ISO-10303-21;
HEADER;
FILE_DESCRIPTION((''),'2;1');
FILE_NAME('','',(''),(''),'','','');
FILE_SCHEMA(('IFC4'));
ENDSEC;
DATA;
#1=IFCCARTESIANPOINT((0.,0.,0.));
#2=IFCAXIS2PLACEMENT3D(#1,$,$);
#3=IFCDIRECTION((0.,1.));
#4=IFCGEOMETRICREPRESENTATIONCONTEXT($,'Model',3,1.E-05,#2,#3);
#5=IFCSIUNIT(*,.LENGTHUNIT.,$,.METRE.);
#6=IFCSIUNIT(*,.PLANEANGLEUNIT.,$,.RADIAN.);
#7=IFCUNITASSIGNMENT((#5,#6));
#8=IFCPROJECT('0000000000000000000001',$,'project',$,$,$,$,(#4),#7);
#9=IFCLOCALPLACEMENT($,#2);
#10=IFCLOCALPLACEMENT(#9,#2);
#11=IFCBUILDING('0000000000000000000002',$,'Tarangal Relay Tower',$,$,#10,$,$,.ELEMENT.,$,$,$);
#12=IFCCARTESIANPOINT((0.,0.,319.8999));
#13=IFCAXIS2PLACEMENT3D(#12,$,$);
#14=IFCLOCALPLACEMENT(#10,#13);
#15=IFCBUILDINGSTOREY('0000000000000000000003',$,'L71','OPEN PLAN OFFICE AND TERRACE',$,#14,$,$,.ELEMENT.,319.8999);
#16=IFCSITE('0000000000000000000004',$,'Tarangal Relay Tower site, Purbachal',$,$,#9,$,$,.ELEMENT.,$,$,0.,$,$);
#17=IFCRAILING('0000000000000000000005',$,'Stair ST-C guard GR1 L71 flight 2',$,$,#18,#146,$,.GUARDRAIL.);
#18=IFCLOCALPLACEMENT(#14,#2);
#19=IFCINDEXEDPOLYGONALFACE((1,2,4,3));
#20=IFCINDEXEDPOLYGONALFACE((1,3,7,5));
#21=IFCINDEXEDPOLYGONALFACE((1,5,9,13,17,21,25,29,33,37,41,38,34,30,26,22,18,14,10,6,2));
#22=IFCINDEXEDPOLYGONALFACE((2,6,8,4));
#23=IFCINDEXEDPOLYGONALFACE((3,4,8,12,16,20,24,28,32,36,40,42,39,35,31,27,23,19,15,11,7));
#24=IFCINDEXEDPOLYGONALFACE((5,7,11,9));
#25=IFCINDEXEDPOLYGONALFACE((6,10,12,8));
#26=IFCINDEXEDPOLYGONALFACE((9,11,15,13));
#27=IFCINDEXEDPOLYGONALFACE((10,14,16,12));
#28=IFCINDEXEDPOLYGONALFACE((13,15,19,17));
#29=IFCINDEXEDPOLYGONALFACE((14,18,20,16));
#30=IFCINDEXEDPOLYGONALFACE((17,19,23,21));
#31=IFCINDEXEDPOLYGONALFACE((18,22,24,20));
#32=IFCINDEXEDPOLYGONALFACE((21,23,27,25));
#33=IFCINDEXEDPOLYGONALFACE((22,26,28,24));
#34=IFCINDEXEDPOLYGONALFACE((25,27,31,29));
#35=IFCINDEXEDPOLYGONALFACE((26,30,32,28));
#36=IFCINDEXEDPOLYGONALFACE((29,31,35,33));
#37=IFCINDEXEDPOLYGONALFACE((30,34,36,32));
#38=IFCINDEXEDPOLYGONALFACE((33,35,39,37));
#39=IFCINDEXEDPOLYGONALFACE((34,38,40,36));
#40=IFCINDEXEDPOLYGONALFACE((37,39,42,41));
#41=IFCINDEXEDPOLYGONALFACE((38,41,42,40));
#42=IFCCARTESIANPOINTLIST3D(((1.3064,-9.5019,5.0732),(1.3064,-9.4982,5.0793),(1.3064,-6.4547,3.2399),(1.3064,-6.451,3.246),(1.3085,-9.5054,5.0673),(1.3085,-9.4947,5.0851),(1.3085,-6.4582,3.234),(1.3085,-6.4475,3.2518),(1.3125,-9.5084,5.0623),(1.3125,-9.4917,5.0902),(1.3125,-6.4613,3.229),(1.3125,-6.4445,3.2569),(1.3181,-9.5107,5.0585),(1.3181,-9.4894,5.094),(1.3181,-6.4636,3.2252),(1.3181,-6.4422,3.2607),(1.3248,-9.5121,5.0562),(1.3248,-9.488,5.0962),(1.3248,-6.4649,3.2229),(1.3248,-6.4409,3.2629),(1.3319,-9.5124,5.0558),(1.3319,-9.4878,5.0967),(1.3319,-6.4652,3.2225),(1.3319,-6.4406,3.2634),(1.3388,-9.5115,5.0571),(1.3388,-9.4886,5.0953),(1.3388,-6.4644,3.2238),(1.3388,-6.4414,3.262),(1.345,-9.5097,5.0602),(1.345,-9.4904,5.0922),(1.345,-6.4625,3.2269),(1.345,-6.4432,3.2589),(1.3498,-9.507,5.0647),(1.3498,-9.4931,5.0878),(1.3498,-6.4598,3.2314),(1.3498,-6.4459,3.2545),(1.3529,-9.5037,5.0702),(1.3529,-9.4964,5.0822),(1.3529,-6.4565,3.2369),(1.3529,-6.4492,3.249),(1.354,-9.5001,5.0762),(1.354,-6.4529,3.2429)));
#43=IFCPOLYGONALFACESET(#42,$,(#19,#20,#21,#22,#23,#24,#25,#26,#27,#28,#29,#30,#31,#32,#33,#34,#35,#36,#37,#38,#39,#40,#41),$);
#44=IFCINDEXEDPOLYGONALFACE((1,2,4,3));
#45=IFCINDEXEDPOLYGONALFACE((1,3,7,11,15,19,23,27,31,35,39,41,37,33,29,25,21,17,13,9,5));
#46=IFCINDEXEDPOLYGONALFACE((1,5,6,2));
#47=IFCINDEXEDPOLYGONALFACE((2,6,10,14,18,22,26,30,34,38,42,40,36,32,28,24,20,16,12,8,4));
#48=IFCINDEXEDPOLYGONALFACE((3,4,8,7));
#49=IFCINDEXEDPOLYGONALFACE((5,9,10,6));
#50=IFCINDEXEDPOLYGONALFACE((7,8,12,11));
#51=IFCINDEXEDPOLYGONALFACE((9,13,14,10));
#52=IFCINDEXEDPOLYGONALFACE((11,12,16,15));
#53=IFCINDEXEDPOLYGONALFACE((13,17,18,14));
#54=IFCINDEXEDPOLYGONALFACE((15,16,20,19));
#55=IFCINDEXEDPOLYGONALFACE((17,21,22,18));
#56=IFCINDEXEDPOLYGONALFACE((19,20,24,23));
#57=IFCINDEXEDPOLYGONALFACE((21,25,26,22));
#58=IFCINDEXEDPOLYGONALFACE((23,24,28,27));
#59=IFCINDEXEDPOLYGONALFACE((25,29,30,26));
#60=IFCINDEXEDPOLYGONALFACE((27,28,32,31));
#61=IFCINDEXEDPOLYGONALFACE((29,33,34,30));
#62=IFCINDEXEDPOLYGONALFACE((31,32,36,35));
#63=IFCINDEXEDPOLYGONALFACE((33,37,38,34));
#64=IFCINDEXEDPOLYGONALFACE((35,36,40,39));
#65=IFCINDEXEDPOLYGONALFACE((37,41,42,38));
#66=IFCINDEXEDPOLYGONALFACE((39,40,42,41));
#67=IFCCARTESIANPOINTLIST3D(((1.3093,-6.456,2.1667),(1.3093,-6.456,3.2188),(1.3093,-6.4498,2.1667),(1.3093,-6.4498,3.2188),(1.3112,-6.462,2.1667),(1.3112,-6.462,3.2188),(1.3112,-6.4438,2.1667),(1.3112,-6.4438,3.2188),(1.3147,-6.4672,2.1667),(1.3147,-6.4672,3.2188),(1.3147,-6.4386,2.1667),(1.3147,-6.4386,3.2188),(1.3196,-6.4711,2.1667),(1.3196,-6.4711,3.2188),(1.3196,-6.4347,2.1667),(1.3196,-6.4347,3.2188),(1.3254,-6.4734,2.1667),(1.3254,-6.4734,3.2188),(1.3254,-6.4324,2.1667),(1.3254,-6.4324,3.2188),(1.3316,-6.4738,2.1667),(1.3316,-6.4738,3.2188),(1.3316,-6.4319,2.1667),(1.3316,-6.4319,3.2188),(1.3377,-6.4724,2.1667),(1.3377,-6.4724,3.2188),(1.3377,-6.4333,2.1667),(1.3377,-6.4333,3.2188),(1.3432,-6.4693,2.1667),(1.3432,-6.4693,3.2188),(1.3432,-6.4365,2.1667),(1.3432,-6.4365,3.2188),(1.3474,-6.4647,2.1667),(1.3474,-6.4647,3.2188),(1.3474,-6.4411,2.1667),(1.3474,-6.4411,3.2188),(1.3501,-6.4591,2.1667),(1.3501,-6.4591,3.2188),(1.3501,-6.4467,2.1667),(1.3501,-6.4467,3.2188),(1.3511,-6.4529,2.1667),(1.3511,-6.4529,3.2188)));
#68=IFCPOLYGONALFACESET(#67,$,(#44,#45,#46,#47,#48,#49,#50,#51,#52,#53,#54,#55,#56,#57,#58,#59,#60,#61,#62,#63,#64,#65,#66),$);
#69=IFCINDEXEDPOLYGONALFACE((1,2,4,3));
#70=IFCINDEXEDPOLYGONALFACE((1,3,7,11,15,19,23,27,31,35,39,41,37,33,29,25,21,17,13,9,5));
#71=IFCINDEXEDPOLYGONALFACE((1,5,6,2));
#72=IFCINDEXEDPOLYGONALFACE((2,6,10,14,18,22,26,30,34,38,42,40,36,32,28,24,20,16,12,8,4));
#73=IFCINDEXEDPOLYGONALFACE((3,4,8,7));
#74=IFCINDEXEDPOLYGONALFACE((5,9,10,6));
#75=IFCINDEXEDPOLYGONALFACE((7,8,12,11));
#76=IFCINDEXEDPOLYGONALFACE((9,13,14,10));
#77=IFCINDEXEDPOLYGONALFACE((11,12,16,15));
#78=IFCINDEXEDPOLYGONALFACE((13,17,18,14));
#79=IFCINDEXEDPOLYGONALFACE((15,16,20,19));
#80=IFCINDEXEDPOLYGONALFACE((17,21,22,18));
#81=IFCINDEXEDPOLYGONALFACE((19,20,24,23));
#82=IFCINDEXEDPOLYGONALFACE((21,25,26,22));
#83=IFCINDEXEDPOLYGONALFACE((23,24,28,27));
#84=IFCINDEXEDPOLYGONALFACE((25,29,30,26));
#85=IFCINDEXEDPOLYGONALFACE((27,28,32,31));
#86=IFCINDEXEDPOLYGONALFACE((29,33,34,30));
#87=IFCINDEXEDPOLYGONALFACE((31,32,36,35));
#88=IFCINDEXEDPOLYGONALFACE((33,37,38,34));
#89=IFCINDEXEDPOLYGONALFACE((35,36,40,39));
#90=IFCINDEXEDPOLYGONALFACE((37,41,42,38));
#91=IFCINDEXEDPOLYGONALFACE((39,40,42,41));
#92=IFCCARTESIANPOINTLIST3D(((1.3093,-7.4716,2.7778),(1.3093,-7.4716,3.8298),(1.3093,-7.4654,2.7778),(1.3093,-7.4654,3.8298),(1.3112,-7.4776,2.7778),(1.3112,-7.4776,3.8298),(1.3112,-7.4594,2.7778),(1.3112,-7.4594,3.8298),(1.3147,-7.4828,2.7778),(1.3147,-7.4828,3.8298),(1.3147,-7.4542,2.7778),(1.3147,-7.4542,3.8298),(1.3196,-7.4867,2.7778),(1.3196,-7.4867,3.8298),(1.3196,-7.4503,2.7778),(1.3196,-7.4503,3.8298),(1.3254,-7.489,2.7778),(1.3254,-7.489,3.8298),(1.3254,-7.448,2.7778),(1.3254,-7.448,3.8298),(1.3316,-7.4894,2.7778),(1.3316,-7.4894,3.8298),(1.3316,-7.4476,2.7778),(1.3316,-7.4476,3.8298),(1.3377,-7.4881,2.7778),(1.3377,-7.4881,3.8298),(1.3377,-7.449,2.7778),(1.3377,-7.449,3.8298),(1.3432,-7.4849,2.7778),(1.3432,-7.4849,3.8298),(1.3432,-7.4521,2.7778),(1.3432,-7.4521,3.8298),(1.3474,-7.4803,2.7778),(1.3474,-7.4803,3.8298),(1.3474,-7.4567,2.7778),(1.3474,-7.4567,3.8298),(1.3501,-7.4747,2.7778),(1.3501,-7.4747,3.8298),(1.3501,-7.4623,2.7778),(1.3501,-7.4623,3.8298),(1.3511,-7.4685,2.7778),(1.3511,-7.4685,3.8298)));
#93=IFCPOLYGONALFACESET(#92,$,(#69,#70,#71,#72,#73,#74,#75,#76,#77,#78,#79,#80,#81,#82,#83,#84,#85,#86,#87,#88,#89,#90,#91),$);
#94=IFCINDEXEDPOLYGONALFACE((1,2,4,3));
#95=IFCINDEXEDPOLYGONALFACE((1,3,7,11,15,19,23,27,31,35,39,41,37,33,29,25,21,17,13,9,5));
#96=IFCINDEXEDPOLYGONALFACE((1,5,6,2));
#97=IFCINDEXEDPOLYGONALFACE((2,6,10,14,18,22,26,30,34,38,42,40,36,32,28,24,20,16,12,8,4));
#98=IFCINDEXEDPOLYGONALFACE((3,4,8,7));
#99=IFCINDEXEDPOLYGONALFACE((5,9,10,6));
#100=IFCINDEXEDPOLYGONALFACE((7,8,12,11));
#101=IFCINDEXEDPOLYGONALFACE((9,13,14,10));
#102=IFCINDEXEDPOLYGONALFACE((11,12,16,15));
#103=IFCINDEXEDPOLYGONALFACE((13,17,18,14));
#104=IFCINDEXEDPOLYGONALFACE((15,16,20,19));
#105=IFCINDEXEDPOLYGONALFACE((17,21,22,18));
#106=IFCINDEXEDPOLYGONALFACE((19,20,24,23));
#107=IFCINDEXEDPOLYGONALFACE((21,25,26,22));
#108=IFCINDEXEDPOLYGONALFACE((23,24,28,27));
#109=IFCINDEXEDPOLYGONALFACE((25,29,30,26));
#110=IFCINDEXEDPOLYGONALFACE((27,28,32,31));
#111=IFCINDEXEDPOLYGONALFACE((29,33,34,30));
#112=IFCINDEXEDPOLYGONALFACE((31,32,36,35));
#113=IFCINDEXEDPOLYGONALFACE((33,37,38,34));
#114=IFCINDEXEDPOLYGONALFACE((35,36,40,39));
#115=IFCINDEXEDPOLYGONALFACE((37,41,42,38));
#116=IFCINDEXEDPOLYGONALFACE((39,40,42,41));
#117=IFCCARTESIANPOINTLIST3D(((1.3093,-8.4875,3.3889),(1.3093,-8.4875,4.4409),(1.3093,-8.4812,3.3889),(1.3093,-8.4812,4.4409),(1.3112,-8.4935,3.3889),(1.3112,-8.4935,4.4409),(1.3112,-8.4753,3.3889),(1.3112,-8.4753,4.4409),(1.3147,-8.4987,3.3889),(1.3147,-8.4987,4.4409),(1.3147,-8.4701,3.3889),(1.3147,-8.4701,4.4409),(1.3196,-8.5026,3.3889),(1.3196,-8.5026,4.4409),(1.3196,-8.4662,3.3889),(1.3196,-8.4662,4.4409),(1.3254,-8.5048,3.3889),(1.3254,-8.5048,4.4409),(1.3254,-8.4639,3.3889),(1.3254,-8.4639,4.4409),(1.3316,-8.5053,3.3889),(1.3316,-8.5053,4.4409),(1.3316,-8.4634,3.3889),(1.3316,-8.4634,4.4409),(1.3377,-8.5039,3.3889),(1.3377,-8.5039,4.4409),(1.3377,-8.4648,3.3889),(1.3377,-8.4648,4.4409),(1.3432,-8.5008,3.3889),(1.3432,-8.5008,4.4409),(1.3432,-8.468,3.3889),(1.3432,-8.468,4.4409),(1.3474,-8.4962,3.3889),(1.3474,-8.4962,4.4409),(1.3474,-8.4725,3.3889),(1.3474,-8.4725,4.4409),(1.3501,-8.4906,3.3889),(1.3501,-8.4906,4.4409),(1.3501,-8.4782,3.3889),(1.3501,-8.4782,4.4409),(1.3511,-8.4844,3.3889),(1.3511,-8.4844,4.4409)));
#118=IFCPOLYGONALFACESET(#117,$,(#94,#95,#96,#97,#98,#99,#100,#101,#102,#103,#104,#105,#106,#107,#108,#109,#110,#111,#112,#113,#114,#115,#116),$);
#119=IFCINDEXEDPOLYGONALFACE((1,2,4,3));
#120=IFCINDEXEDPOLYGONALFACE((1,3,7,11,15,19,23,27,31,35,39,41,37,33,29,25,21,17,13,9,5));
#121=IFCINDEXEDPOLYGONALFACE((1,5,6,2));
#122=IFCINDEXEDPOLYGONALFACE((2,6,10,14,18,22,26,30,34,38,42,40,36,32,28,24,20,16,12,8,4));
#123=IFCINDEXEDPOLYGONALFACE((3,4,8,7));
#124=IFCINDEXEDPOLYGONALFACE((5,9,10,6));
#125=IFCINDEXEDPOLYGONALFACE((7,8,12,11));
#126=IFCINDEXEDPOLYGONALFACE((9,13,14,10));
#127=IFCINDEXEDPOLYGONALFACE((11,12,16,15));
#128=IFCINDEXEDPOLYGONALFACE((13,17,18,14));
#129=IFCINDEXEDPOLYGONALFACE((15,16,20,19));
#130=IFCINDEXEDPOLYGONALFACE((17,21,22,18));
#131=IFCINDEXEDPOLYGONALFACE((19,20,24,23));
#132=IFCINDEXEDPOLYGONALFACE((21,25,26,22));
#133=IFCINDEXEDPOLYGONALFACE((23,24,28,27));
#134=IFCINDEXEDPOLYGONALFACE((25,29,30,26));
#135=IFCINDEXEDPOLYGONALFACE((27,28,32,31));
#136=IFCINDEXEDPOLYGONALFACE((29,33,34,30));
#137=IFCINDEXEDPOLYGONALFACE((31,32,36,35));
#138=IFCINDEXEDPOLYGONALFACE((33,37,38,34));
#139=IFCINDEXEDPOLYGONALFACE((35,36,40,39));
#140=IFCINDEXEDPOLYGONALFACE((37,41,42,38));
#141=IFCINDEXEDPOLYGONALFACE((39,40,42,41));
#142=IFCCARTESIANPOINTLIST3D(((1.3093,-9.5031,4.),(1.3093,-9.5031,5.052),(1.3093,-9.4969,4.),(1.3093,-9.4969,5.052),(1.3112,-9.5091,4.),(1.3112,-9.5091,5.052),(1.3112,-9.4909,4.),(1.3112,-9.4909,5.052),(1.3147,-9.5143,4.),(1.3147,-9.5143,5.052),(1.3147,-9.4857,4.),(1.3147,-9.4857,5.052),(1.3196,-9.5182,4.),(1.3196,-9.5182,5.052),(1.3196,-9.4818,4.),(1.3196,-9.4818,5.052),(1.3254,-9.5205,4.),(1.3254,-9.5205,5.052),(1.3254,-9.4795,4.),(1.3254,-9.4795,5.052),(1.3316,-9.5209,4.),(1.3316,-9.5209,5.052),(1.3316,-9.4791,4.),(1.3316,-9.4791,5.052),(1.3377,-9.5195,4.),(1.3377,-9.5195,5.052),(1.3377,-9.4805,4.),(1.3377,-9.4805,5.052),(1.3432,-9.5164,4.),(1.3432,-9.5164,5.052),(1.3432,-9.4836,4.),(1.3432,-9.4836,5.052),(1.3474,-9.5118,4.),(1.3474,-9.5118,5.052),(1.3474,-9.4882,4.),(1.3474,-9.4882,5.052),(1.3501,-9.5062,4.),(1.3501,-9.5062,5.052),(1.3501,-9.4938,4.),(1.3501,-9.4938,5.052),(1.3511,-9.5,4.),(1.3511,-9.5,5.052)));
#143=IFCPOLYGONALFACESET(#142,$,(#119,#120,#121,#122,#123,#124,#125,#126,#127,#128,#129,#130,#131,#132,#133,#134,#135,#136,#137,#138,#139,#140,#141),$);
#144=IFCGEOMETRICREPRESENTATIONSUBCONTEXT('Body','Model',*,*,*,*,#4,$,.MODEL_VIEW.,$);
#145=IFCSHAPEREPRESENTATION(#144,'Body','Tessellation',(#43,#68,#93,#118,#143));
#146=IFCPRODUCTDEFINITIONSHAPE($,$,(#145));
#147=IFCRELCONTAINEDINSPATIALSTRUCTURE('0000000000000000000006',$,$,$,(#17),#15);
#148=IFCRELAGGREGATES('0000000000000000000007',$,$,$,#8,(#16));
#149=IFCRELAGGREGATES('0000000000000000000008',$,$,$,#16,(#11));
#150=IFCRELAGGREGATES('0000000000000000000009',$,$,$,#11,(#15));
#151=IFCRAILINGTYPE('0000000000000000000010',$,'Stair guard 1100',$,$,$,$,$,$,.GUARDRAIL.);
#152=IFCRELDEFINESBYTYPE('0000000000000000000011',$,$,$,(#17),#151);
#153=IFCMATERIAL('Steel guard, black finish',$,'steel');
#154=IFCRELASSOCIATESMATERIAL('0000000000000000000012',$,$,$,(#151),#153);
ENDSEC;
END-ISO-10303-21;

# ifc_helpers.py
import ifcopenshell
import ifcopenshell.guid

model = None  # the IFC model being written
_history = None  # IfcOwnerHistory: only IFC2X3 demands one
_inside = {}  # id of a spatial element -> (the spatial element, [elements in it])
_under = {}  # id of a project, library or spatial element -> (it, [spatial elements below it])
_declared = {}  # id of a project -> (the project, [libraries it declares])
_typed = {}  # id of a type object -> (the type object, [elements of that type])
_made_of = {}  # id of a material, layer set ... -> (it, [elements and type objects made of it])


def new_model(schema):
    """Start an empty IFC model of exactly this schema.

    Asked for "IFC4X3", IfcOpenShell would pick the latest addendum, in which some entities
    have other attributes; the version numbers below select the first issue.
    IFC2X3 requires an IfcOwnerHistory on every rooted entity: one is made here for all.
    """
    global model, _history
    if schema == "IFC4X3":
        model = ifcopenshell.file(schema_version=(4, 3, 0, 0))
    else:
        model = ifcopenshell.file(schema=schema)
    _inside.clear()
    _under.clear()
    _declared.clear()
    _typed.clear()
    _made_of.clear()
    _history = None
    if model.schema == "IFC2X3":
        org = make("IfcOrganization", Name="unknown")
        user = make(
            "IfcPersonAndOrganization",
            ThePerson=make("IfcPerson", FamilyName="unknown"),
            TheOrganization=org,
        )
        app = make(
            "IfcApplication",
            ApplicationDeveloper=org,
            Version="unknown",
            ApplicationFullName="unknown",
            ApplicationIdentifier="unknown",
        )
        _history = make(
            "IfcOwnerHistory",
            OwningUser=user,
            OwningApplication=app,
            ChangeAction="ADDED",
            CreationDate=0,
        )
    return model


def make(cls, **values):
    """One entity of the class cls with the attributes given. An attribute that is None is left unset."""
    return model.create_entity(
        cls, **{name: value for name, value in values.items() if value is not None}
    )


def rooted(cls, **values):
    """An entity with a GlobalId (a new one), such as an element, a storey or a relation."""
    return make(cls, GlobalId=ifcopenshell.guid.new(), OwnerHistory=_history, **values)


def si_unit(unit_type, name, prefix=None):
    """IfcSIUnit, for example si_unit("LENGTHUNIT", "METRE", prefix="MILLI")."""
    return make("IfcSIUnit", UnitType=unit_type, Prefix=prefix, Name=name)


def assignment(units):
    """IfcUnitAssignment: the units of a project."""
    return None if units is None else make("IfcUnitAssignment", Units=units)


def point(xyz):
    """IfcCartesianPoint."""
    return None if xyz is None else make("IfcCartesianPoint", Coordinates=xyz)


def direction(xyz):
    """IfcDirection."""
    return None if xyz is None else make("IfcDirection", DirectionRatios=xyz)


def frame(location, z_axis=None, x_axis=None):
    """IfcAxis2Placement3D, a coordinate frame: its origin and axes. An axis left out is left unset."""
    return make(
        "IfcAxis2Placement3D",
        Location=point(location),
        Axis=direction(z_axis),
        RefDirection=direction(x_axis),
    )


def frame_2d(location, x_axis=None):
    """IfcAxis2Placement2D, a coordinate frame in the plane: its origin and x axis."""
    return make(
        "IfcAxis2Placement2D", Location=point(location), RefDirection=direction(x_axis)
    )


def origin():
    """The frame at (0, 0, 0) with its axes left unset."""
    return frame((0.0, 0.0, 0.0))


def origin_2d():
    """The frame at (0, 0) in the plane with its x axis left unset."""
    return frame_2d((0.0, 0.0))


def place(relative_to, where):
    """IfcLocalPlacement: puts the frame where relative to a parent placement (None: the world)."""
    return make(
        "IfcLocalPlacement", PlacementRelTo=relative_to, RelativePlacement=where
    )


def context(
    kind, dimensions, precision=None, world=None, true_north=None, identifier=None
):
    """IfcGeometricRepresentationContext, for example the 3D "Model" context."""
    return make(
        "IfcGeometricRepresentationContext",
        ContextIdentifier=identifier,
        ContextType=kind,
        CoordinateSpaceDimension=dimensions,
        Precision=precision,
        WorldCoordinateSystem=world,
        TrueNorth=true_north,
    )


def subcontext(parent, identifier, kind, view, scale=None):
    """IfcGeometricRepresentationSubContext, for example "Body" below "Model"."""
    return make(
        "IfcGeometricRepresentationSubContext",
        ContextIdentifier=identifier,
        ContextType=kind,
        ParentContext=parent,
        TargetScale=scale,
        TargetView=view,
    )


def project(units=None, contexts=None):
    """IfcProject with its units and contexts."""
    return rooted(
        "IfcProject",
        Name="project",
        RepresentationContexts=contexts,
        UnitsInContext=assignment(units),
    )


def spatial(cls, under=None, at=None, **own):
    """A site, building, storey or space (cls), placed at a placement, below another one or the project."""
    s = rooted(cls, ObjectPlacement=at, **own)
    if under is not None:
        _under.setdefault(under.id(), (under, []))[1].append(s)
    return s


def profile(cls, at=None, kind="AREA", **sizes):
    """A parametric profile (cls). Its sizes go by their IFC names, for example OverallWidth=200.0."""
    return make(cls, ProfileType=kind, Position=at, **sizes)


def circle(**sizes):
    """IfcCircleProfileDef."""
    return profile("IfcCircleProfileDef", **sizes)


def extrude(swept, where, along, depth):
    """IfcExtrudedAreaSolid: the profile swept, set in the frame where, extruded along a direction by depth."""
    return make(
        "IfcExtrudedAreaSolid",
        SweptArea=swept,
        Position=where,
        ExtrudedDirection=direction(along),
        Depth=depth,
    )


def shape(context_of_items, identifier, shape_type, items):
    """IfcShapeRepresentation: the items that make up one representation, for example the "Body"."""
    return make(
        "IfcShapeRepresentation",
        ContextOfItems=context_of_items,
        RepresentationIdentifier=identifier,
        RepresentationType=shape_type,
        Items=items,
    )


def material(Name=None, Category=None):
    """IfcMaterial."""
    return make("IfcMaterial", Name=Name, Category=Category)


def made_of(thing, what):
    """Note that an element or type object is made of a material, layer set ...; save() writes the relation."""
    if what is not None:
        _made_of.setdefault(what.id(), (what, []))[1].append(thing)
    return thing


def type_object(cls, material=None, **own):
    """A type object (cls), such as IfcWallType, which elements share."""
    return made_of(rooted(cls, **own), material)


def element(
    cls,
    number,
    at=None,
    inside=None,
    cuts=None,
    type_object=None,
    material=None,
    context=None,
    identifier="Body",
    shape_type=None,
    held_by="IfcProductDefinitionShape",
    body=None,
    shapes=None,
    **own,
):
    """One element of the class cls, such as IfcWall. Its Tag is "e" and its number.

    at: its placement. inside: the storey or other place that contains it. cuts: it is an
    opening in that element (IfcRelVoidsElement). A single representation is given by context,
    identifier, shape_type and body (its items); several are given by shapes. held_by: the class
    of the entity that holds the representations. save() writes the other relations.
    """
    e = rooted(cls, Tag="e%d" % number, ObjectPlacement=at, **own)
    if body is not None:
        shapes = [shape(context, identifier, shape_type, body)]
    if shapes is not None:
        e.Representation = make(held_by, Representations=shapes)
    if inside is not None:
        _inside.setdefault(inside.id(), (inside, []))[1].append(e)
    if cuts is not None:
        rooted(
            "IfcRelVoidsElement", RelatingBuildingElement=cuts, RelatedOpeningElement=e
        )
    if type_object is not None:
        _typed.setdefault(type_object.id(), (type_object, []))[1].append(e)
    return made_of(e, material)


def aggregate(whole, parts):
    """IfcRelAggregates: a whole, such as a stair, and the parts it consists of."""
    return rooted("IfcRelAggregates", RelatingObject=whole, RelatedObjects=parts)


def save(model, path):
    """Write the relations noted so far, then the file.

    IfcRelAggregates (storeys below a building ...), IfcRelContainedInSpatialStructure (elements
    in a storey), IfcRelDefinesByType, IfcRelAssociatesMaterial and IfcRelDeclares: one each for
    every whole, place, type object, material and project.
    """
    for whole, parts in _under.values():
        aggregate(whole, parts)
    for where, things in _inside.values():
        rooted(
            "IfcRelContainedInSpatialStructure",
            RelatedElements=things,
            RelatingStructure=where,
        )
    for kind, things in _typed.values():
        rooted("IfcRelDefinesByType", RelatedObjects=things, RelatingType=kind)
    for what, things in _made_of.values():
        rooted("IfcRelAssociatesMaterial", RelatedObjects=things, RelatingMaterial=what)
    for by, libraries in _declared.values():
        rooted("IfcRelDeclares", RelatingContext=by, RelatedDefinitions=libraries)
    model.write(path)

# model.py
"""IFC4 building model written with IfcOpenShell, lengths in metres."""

from ifc_helpers import new_model, si_unit, direction, frame, origin, origin_2d, place, context, subcontext, project, spatial, circle, extrude, material, type_object, element, save


model = new_model("IFC4")

# Units and contexts
model_context = context("Model", 3, precision=1e-05, world=origin(), true_north=direction((0.0, 1.0)))
body_context = subcontext(model_context, "Body", "Model", "MODEL_VIEW")
ifc_project = project(units=[si_unit("LENGTHUNIT", "METRE"), si_unit("PLANEANGLEUNIT", "RADIAN")], contexts=[model_context])

# Site, building, storey
site_placement = place(None, origin())
site = spatial("IfcSite", under=ifc_project, at=site_placement, Name="Tarangal Relay Tower site, Purbachal", CompositionType="ELEMENT", RefElevation=0.0)
building_placement = place(site_placement, origin())
building = spatial("IfcBuilding", under=site, at=building_placement, Name="Tarangal Relay Tower", CompositionType="ELEMENT")
storey_placement = place(building_placement, frame((0.0, 0.0, 319.8999)))
storey = spatial("IfcBuildingStorey", under=building, at=storey_placement, Name="L71", Description="OPEN PLAN OFFICE AND TERRACE", CompositionType="ELEMENT", Elevation=319.8999)

# Railing
ifc_material_1 = material(Name="Steel guard, black finish", Category="steel")
railing_type = type_object("IfcRailingType", Name="Stair guard 1100", PredefinedType="GUARDRAIL", material=ifc_material_1)
railing_placement = place(storey_placement, frame((1.3301, -6.4529, 2.1667)))
element("IfcRailing", 1, at=railing_placement, inside=storey, type_object=railing_type, Name="Stair ST-C guard GR1 L71 flight 2", PredefinedType="GUARDRAIL", context=body_context, shape_type="SweptSolid", body=[
    extrude(circle(Radius=0.0239, at=origin_2d()), frame((0.0, 0.0, 1.0762), z_axis=(0.0, -0.856874, 0.515525), x_axis=(1.0, 0.0, 0.0)), (0.0, 0.0, 1.0), 3.5562),
    extrude(circle(Radius=0.021, at=origin_2d()), origin(), (0.0, 0.0, 1.0), 1.052),
    extrude(circle(Radius=0.021, at=origin_2d()), frame((0.0, -1.0156, 0.6111)), (0.0, 0.0, 1.0), 1.052),
    extrude(circle(Radius=0.021, at=origin_2d()), frame((0.0, -2.0315, 1.2222)), (0.0, 0.0, 1.0), 1.052),
    extrude(circle(Radius=0.021, at=origin_2d()), frame((0.0, -3.0471, 1.8333)), (0.0, 0.0, 1.0), 1.052),
])

save(model, "model.ifc")
